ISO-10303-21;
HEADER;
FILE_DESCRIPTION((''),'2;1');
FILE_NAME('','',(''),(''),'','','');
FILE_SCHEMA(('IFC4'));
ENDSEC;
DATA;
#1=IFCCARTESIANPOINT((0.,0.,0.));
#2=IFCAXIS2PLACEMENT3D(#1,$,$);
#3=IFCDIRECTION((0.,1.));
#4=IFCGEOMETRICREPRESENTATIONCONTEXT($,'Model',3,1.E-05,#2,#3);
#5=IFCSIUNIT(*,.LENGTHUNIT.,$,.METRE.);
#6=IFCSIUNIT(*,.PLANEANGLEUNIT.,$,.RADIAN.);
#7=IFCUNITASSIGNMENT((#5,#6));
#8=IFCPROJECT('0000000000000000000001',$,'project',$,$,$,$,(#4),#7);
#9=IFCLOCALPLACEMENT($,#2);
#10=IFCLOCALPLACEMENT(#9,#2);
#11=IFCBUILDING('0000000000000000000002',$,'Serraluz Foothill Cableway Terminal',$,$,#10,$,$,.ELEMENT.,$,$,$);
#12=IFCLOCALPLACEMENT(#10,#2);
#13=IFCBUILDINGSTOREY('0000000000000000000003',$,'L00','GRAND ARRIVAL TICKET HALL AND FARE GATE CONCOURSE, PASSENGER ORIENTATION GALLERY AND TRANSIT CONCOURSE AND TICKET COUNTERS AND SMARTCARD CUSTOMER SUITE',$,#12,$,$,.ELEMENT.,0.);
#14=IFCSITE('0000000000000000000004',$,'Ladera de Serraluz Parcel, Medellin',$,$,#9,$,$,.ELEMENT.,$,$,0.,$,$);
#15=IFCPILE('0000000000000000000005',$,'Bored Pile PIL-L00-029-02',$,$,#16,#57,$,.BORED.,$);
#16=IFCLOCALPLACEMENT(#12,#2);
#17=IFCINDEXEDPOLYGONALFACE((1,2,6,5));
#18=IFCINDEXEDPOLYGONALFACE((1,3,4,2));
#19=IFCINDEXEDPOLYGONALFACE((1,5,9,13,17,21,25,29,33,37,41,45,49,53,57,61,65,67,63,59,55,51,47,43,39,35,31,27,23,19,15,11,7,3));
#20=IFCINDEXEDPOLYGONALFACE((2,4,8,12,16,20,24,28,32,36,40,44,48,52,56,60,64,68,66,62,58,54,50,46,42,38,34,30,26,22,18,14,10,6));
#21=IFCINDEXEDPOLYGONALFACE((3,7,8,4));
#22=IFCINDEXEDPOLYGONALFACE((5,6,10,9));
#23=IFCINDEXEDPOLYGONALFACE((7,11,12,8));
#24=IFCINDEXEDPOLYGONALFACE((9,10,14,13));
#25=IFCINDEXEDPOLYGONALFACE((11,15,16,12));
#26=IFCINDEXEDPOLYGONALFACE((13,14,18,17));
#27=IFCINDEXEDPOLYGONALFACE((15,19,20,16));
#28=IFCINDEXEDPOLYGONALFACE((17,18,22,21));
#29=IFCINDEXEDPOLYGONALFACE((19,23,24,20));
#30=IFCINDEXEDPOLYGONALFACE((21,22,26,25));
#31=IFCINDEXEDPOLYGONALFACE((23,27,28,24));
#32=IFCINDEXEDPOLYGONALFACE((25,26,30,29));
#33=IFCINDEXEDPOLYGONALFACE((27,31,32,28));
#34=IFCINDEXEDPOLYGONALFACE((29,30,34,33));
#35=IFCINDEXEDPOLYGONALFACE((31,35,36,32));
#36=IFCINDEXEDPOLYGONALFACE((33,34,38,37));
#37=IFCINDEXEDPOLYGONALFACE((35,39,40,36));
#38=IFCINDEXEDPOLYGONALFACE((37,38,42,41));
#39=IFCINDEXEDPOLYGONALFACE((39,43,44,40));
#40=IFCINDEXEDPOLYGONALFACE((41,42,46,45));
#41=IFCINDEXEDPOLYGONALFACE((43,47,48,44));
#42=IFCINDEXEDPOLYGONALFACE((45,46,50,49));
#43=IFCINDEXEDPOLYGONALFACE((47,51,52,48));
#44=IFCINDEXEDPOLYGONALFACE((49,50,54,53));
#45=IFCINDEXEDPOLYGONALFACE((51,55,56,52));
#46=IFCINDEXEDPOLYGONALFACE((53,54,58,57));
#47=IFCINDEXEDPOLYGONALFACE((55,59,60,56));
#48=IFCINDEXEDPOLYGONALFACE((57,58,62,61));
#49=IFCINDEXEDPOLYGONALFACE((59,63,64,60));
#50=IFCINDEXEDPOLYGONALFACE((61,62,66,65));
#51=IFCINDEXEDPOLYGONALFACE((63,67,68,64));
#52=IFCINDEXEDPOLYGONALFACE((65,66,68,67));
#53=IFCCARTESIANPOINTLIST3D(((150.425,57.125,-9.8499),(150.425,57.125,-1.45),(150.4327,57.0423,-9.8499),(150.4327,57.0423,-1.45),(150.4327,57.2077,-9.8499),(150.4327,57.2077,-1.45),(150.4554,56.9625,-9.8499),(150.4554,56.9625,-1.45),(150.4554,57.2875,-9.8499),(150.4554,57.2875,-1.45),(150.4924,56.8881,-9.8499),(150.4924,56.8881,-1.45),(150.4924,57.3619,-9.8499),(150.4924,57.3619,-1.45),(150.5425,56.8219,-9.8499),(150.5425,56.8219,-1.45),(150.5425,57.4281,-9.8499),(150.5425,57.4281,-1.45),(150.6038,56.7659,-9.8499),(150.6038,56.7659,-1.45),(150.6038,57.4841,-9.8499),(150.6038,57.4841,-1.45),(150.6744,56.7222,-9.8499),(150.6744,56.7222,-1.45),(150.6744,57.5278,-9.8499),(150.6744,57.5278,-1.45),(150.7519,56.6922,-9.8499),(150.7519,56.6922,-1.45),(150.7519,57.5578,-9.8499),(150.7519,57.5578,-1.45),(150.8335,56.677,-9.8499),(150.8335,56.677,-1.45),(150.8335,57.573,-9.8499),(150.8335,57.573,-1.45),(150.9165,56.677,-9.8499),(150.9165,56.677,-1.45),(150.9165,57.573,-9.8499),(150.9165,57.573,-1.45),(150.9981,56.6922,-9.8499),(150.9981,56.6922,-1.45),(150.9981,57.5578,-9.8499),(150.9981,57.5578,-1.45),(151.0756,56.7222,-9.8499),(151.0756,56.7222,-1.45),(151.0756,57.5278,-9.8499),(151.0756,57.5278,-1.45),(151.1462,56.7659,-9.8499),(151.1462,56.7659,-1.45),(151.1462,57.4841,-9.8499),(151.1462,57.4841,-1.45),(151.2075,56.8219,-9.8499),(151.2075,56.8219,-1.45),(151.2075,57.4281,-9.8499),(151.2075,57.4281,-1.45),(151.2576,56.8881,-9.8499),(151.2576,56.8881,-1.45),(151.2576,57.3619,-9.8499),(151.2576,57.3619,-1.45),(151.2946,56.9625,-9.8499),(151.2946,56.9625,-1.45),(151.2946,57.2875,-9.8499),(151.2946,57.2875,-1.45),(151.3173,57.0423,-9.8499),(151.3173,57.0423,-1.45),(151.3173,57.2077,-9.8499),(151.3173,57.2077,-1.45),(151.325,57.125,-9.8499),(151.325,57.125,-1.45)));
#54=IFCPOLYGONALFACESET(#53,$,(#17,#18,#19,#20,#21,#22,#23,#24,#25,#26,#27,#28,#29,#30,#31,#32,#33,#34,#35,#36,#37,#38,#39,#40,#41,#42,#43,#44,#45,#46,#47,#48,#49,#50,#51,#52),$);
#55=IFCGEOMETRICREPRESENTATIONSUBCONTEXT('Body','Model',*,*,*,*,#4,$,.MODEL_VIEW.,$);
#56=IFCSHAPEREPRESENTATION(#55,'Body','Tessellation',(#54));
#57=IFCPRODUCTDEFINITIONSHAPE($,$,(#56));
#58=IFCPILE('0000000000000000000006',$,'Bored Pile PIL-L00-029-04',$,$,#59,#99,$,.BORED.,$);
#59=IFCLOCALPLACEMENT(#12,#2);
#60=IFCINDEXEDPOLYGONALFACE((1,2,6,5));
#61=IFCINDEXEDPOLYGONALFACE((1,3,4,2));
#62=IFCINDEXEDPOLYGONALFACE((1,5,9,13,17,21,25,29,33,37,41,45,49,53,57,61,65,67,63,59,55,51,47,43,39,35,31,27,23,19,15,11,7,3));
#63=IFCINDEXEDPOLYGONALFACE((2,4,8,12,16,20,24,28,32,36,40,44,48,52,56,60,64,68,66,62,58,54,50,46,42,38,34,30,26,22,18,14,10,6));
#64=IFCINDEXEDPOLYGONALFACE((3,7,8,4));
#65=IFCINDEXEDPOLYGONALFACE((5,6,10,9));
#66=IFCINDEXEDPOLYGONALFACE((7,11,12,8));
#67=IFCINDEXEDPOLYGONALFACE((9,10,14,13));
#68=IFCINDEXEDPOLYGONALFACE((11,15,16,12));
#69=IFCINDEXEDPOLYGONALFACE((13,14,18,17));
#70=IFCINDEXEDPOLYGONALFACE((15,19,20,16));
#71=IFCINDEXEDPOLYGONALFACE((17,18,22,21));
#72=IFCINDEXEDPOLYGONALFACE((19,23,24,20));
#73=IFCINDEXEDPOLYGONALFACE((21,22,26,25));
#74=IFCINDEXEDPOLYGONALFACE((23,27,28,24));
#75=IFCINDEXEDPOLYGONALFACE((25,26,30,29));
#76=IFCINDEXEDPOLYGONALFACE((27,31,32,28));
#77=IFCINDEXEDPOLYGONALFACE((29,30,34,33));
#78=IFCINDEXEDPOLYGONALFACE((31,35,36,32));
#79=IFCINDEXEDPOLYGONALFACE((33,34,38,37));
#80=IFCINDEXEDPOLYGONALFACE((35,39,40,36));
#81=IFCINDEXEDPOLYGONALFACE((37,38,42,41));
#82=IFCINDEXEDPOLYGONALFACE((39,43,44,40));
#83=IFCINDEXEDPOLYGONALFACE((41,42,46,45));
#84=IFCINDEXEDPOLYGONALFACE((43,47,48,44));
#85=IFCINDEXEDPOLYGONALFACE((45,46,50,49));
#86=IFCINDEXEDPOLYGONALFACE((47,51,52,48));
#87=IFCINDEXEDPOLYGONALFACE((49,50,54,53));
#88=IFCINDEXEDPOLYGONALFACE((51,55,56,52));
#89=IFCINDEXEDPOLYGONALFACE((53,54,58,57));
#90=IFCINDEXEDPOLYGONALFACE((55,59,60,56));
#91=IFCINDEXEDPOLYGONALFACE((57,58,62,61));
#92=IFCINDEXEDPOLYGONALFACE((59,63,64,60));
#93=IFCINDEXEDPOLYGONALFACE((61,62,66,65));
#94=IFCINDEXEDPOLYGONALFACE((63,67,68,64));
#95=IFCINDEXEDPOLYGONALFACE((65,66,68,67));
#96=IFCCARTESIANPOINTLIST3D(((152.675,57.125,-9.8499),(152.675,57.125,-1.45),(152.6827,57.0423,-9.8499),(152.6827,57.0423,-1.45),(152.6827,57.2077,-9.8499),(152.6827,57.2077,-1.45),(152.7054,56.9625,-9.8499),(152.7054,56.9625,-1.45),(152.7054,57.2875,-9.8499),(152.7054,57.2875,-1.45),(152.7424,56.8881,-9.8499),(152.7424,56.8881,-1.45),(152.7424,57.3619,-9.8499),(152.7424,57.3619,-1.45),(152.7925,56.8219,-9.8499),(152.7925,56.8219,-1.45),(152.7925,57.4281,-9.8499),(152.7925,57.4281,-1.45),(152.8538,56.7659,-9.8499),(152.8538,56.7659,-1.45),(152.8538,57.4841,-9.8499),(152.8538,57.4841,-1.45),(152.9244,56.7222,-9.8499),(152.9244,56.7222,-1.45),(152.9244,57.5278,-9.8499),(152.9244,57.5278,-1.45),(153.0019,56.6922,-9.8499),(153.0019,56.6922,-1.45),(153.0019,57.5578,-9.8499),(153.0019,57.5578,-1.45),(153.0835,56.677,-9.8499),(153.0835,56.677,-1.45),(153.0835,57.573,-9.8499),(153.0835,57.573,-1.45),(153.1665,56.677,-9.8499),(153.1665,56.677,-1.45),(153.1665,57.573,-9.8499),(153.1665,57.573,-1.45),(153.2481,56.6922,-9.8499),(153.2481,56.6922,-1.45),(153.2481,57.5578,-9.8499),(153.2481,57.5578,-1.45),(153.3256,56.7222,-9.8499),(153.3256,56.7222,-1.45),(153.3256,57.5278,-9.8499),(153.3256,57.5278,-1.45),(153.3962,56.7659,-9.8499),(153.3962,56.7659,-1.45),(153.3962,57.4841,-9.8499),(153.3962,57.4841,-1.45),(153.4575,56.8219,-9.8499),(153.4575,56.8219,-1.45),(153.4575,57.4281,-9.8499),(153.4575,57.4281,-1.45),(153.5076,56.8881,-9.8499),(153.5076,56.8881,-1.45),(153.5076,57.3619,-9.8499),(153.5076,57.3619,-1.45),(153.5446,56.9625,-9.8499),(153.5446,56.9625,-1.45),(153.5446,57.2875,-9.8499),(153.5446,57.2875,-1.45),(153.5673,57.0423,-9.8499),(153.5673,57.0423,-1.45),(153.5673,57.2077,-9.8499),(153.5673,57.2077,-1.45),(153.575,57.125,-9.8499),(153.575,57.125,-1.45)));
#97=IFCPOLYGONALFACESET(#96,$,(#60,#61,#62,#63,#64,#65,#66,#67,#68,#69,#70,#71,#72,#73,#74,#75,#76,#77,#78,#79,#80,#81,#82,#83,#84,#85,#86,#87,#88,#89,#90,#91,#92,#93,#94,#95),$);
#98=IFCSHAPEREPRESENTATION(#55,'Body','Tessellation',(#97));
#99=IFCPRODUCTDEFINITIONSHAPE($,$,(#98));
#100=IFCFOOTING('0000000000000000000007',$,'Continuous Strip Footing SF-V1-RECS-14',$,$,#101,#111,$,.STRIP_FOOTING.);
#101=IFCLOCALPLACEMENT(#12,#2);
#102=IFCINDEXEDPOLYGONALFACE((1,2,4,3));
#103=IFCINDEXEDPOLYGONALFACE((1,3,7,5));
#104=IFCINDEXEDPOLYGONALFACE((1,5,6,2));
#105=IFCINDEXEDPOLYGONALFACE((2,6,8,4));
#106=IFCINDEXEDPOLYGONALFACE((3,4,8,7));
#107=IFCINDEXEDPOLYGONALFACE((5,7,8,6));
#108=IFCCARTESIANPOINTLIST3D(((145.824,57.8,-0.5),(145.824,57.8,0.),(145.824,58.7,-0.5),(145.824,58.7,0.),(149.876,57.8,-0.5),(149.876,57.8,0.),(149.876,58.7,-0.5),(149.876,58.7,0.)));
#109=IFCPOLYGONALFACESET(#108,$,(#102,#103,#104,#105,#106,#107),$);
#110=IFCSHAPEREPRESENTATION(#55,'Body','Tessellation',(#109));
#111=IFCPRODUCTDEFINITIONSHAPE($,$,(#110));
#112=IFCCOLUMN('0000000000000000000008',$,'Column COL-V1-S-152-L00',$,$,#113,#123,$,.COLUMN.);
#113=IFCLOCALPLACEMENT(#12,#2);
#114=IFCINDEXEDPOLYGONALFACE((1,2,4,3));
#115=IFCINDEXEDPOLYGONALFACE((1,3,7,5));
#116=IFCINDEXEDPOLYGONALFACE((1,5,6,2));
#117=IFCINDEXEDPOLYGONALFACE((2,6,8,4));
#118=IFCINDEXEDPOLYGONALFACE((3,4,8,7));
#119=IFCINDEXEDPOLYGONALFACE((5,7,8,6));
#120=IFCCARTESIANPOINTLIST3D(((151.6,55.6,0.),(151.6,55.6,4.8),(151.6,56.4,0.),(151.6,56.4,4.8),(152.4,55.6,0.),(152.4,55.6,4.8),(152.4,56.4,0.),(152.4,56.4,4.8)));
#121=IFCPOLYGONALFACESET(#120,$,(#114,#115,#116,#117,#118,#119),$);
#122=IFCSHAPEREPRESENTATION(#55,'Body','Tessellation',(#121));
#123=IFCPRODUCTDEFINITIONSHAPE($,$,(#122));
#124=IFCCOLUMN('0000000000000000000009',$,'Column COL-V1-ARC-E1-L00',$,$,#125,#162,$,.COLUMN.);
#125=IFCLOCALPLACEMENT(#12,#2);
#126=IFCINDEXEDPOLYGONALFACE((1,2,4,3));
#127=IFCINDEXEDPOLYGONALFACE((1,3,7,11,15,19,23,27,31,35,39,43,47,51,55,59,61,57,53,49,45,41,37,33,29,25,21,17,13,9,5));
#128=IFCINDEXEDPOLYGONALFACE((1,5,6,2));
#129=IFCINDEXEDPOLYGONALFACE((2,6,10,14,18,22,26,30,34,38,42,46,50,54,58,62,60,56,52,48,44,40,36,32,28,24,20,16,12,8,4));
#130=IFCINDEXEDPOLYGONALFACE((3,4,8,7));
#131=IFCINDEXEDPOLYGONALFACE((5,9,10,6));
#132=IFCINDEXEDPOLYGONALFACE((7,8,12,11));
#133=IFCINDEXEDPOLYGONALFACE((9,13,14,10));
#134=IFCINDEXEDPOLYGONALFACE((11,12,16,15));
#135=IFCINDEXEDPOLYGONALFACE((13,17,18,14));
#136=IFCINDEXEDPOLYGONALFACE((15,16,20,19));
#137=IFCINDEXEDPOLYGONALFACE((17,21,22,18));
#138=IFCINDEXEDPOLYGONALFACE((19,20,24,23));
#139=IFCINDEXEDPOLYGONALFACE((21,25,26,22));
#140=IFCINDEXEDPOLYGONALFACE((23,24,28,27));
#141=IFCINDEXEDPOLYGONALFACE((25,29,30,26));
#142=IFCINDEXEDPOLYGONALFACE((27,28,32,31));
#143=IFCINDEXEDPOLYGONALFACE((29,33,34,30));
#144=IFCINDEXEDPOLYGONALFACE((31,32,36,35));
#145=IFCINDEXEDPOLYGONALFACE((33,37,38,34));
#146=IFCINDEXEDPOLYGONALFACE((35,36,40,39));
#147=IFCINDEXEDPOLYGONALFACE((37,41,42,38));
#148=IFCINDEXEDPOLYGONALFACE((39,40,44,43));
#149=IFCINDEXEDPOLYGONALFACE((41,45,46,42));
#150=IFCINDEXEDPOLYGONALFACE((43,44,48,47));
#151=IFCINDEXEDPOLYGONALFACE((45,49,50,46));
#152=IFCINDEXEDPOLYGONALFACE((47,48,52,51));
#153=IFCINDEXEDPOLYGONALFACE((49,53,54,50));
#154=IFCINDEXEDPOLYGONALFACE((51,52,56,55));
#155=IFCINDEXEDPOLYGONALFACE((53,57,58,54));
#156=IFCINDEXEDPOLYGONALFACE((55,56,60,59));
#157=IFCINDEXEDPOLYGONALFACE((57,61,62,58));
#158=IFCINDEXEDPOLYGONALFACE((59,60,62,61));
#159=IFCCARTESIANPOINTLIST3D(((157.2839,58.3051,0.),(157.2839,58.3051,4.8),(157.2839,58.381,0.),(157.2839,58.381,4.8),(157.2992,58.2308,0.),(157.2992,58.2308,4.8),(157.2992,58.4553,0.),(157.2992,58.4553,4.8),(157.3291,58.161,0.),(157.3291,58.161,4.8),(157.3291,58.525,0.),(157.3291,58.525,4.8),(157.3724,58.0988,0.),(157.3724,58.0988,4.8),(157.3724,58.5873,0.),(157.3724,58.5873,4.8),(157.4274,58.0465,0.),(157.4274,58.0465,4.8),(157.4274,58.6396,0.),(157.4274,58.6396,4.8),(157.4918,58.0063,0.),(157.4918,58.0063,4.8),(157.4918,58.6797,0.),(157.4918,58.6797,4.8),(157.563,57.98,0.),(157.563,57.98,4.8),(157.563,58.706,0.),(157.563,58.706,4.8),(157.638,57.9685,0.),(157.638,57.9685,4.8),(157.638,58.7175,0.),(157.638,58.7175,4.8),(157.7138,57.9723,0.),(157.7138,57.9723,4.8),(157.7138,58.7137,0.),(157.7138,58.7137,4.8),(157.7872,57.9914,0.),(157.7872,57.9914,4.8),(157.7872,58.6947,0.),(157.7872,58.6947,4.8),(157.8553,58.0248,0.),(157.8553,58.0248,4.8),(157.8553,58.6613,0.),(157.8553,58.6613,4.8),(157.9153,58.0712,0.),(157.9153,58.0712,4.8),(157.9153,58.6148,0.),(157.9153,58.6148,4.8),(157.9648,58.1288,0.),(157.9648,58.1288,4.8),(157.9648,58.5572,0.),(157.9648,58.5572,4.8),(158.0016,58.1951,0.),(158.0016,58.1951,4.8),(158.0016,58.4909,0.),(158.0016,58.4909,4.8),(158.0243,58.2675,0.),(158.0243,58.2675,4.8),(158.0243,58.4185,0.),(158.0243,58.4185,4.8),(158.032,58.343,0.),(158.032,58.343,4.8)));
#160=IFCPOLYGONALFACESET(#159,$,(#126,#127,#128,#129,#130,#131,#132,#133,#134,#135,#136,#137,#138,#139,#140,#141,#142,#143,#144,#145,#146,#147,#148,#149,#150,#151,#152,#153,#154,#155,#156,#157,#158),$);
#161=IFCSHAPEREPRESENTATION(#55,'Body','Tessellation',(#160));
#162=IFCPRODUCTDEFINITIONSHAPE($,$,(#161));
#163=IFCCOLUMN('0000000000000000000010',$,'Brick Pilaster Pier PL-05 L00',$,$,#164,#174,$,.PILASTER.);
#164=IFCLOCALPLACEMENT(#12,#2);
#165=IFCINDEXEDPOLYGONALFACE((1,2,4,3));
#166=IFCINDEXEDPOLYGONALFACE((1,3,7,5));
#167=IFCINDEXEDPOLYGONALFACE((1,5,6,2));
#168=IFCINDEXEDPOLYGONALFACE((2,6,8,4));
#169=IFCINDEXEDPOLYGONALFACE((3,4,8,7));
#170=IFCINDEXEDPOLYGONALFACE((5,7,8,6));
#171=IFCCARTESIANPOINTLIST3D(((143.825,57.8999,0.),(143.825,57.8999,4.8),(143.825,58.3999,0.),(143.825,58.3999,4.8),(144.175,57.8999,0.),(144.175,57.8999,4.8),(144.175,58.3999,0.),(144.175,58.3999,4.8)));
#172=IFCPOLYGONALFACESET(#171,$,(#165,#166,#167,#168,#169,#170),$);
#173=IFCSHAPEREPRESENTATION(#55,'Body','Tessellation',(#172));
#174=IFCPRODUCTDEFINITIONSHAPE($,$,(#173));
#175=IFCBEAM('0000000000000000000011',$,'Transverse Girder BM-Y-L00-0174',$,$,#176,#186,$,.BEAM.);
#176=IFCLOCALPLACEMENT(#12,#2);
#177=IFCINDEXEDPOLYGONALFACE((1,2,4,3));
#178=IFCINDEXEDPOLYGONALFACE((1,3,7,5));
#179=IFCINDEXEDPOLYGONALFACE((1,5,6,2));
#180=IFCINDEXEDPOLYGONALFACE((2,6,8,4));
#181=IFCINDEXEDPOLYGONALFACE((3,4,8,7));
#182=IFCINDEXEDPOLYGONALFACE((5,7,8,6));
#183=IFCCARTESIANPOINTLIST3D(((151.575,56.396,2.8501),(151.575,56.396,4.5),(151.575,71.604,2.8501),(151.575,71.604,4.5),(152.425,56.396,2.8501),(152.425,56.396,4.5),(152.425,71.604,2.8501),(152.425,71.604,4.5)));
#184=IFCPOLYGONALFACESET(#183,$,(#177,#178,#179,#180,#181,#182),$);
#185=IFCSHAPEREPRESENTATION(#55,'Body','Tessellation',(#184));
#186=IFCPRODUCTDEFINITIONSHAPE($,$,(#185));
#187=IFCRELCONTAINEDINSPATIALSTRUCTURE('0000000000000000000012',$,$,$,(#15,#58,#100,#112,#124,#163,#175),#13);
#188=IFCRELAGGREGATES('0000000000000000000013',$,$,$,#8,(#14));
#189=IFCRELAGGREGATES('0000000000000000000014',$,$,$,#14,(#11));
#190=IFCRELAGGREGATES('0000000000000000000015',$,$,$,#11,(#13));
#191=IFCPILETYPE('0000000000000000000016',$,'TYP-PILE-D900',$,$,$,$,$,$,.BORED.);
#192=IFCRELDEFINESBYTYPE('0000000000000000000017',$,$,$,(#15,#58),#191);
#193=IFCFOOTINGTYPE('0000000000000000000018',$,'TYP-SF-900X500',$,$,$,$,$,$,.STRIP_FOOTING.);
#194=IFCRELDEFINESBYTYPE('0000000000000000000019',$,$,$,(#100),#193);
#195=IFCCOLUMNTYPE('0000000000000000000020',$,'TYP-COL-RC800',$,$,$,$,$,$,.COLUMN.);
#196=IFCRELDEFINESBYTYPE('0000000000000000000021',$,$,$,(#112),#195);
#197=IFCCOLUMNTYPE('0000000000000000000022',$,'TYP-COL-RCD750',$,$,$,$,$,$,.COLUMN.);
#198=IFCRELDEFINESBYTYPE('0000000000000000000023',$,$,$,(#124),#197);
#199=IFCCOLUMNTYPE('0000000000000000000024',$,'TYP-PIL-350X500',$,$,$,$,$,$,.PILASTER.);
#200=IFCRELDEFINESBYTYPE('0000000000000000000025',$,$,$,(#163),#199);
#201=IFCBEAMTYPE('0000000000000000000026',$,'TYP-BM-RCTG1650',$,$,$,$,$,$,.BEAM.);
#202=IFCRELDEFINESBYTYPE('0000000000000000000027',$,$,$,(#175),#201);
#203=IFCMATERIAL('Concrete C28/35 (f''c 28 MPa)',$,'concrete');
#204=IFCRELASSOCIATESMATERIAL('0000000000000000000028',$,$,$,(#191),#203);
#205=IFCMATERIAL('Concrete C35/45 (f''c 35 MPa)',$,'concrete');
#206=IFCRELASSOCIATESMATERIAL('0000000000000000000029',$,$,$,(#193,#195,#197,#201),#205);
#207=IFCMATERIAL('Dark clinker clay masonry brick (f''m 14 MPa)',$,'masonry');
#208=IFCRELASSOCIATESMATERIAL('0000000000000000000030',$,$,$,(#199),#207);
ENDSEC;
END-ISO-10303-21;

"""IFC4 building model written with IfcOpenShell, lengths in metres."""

from ifc_helpers import new_model, si_unit, direction, frame, origin, origin_2d, place, context, subcontext, project, spatial, rectangle, circle, extrude, material, material_profile, profile_set, type_object, element, save


model = new_model("IFC4")

# Units and contexts
model_context = context("Model", 3, precision=1e-05, world=origin(), true_north=direction((0.0, 1.0)))
body_context = subcontext(model_context, "Body", "Model", "MODEL_VIEW")
ifc_project = project(units=[si_unit("LENGTHUNIT", "METRE"), si_unit("PLANEANGLEUNIT", "RADIAN")], contexts=[model_context])

# Site, building, storey
site_placement = place(None, origin())
site = spatial("IfcSite", under=ifc_project, at=site_placement, Name="Ladera de Serraluz Parcel, Medellin", CompositionType="ELEMENT", RefElevation=0.0)
building_placement = place(site_placement, origin())
building = spatial("IfcBuilding", under=site, at=building_placement, Name="Serraluz Foothill Cableway Terminal", CompositionType="ELEMENT")
storey_placement = place(building_placement, origin())
storey = spatial("IfcBuildingStorey", under=building, at=storey_placement, Name="L00", Description="GRAND ARRIVAL TICKET HALL AND FARE GATE CONCOURSE, PASSENGER ORIENTATION GALLERY AND TRANSIT CONCOURSE AND TICKET COUNTERS AND SMARTCARD CUSTOMER SUITE", CompositionType="ELEMENT", Elevation=0.0)

# Shared definitions
ifc_material_1 = material(Name="Concrete C35/45 (f'c 35 MPa)", Category="concrete")

# Piles
ifc_material_2 = material(Name="Concrete C28/35 (f'c 28 MPa)", Category="concrete")
ifc_material_profile_1 = material_profile(ifc_material_2, circle(Radius=0.45, at=origin_2d()), Name="BORED PILE D900")
ifc_profile_set_1 = profile_set([ifc_material_profile_1], Name="Concrete C28/35 (f'c 28 MPa)")
pile_type_1 = type_object("IfcPileType", Name="TYP-PILE-D900", PredefinedType="BORED", material=ifc_profile_set_1)
for number, where, z_axis, x_axis, name in (
    (1, (150.875, 57.125, -1.45), (0.0, 0.0, -1.0), (1.0, 0.0, 0.0), "Bored Pile PIL-L00-029-02"),
    (2, (153.125, 57.125, -1.45), (0.0, 0.0, -1.0), (1.0, 0.0, 0.0), "Bored Pile PIL-L00-029-04"),
):
    element("IfcPile", number, at=place(storey_placement, frame(where, z_axis=z_axis, x_axis=x_axis)), inside=storey, type_object=pile_type_1, Name=name, PredefinedType="BORED", context=body_context, shape_type="SweptSolid", body=[
        extrude(circle(Radius=0.45, at=origin_2d()), origin(), (0.0, 0.0, 1.0), 8.3999),
    ])

# Footing
ifc_material_profile_2 = material_profile(ifc_material_1, rectangle(XDim=0.8999, YDim=0.5, at=origin_2d()), Name="SF 900x500")
ifc_profile_set_2 = profile_set([ifc_material_profile_2], Name="Concrete C35/45 (f'c 35 MPa)")
footing_type_1 = type_object("IfcFootingType", Name="TYP-SF-900X500", PredefinedType="STRIP_FOOTING", material=ifc_profile_set_2)
footing_1_placement = place(storey_placement, frame((145.824, 58.25, -0.25), z_axis=(1.0, 0.0, 0.0), x_axis=(0.0, 1.0, 0.0)))
element("IfcFooting", 3, at=footing_1_placement, inside=storey, type_object=footing_type_1, Name="Continuous Strip Footing SF-V1-RECS-14", PredefinedType="STRIP_FOOTING", context=body_context, shape_type="SweptSolid", body=[
    extrude(rectangle(XDim=0.8999, YDim=0.5, at=origin_2d()), origin(), (0.0, 0.0, 1.0), 4.052),
])

# Columns
ifc_material_profile_3 = material_profile(ifc_material_1, rectangle(XDim=0.8, YDim=0.8, at=origin_2d()), Name="RC 800x800")
ifc_profile_set_3 = profile_set([ifc_material_profile_3], Name="Concrete C35/45 (f'c 35 MPa)")
column_type_1 = type_object("IfcColumnType", Name="TYP-COL-RC800", PredefinedType="COLUMN", material=ifc_profile_set_3)
column_1_placement = place(storey_placement, frame((152.0, 56.0, 0.0), z_axis=(0.0, 0.0, 1.0), x_axis=(1.0, 0.0, 0.0)))
element("IfcColumn", 4, at=column_1_placement, inside=storey, type_object=column_type_1, Name="Column COL-V1-S-152-L00", PredefinedType="COLUMN", context=body_context, shape_type="SweptSolid", body=[
    extrude(rectangle(XDim=0.8, YDim=0.8, at=origin_2d()), origin(), (0.0, 0.0, 1.0), 4.8),
])
ifc_material_profile_4 = material_profile(ifc_material_1, circle(Radius=0.375, at=origin_2d()), Name="RC D750")
ifc_profile_set_4 = profile_set([ifc_material_profile_4], Name="Concrete C35/45 (f'c 35 MPa)")
column_type_2 = type_object("IfcColumnType", Name="TYP-COL-RCD750", PredefinedType="COLUMN", material=ifc_profile_set_4)
column_2_placement = place(storey_placement, frame((157.657, 58.343, 0.0), z_axis=(0.0, 0.0, 1.0), x_axis=(1.0, 0.0, 0.0)))
element("IfcColumn", 5, at=column_2_placement, inside=storey, type_object=column_type_2, Name="Column COL-V1-ARC-E1-L00", PredefinedType="COLUMN", context=body_context, shape_type="SweptSolid", body=[
    extrude(circle(Radius=0.375, at=origin_2d()), origin(), (0.0, 0.0, 1.0), 4.8),
])
ifc_material_3 = material(Name="Dark clinker clay masonry brick (f'm 14 MPa)", Category="masonry")
ifc_material_profile_5 = material_profile(ifc_material_3, rectangle(XDim=0.3501, YDim=0.5, at=origin_2d()), Name="PIL 350x500")
ifc_profile_set_5 = profile_set([ifc_material_profile_5], Name="Dark clinker clay masonry brick (f'm 14 MPa)")
column_type_3 = type_object("IfcColumnType", Name="TYP-PIL-350X500", PredefinedType="PILASTER", material=ifc_profile_set_5)
column_3_placement = place(storey_placement, frame((144.0, 58.1499, 0.0), z_axis=(0.0, 0.0, 1.0), x_axis=(1.0, 0.0, 0.0)))
element("IfcColumn", 6, at=column_3_placement, inside=storey, type_object=column_type_3, Name="Brick Pilaster Pier PL-05 L00", PredefinedType="PILASTER", context=body_context, shape_type="SweptSolid", body=[
    extrude(rectangle(XDim=0.3501, YDim=0.5, at=origin_2d()), origin(), (0.0, 0.0, 1.0), 4.8),
])

# Beam
ifc_material_profile_6 = material_profile(ifc_material_1, rectangle(XDim=0.8501, YDim=1.6499, at=origin_2d()), Name="RC TG 850x1650")
ifc_profile_set_6 = profile_set([ifc_material_profile_6], Name="Concrete C35/45 (f'c 35 MPa)")
beam_type_1 = type_object("IfcBeamType", Name="TYP-BM-RCTG1650", PredefinedType="BEAM", material=ifc_profile_set_6)
beam_1_placement = place(storey_placement, frame((152.0, 56.396, 3.675), z_axis=(0.0, 1.0, 0.0), x_axis=(-1.0, 0.0, 0.0)))
element("IfcBeam", 7, at=beam_1_placement, inside=storey, type_object=beam_type_1, Name="Transverse Girder BM-Y-L00-0174", PredefinedType="BEAM", context=body_context, shape_type="SweptSolid", body=[
    extrude(rectangle(XDim=0.8501, YDim=1.6499, at=origin_2d()), origin(), (0.0, 0.0, 1.0), 15.208),
])

save(model, "model.ifc")
